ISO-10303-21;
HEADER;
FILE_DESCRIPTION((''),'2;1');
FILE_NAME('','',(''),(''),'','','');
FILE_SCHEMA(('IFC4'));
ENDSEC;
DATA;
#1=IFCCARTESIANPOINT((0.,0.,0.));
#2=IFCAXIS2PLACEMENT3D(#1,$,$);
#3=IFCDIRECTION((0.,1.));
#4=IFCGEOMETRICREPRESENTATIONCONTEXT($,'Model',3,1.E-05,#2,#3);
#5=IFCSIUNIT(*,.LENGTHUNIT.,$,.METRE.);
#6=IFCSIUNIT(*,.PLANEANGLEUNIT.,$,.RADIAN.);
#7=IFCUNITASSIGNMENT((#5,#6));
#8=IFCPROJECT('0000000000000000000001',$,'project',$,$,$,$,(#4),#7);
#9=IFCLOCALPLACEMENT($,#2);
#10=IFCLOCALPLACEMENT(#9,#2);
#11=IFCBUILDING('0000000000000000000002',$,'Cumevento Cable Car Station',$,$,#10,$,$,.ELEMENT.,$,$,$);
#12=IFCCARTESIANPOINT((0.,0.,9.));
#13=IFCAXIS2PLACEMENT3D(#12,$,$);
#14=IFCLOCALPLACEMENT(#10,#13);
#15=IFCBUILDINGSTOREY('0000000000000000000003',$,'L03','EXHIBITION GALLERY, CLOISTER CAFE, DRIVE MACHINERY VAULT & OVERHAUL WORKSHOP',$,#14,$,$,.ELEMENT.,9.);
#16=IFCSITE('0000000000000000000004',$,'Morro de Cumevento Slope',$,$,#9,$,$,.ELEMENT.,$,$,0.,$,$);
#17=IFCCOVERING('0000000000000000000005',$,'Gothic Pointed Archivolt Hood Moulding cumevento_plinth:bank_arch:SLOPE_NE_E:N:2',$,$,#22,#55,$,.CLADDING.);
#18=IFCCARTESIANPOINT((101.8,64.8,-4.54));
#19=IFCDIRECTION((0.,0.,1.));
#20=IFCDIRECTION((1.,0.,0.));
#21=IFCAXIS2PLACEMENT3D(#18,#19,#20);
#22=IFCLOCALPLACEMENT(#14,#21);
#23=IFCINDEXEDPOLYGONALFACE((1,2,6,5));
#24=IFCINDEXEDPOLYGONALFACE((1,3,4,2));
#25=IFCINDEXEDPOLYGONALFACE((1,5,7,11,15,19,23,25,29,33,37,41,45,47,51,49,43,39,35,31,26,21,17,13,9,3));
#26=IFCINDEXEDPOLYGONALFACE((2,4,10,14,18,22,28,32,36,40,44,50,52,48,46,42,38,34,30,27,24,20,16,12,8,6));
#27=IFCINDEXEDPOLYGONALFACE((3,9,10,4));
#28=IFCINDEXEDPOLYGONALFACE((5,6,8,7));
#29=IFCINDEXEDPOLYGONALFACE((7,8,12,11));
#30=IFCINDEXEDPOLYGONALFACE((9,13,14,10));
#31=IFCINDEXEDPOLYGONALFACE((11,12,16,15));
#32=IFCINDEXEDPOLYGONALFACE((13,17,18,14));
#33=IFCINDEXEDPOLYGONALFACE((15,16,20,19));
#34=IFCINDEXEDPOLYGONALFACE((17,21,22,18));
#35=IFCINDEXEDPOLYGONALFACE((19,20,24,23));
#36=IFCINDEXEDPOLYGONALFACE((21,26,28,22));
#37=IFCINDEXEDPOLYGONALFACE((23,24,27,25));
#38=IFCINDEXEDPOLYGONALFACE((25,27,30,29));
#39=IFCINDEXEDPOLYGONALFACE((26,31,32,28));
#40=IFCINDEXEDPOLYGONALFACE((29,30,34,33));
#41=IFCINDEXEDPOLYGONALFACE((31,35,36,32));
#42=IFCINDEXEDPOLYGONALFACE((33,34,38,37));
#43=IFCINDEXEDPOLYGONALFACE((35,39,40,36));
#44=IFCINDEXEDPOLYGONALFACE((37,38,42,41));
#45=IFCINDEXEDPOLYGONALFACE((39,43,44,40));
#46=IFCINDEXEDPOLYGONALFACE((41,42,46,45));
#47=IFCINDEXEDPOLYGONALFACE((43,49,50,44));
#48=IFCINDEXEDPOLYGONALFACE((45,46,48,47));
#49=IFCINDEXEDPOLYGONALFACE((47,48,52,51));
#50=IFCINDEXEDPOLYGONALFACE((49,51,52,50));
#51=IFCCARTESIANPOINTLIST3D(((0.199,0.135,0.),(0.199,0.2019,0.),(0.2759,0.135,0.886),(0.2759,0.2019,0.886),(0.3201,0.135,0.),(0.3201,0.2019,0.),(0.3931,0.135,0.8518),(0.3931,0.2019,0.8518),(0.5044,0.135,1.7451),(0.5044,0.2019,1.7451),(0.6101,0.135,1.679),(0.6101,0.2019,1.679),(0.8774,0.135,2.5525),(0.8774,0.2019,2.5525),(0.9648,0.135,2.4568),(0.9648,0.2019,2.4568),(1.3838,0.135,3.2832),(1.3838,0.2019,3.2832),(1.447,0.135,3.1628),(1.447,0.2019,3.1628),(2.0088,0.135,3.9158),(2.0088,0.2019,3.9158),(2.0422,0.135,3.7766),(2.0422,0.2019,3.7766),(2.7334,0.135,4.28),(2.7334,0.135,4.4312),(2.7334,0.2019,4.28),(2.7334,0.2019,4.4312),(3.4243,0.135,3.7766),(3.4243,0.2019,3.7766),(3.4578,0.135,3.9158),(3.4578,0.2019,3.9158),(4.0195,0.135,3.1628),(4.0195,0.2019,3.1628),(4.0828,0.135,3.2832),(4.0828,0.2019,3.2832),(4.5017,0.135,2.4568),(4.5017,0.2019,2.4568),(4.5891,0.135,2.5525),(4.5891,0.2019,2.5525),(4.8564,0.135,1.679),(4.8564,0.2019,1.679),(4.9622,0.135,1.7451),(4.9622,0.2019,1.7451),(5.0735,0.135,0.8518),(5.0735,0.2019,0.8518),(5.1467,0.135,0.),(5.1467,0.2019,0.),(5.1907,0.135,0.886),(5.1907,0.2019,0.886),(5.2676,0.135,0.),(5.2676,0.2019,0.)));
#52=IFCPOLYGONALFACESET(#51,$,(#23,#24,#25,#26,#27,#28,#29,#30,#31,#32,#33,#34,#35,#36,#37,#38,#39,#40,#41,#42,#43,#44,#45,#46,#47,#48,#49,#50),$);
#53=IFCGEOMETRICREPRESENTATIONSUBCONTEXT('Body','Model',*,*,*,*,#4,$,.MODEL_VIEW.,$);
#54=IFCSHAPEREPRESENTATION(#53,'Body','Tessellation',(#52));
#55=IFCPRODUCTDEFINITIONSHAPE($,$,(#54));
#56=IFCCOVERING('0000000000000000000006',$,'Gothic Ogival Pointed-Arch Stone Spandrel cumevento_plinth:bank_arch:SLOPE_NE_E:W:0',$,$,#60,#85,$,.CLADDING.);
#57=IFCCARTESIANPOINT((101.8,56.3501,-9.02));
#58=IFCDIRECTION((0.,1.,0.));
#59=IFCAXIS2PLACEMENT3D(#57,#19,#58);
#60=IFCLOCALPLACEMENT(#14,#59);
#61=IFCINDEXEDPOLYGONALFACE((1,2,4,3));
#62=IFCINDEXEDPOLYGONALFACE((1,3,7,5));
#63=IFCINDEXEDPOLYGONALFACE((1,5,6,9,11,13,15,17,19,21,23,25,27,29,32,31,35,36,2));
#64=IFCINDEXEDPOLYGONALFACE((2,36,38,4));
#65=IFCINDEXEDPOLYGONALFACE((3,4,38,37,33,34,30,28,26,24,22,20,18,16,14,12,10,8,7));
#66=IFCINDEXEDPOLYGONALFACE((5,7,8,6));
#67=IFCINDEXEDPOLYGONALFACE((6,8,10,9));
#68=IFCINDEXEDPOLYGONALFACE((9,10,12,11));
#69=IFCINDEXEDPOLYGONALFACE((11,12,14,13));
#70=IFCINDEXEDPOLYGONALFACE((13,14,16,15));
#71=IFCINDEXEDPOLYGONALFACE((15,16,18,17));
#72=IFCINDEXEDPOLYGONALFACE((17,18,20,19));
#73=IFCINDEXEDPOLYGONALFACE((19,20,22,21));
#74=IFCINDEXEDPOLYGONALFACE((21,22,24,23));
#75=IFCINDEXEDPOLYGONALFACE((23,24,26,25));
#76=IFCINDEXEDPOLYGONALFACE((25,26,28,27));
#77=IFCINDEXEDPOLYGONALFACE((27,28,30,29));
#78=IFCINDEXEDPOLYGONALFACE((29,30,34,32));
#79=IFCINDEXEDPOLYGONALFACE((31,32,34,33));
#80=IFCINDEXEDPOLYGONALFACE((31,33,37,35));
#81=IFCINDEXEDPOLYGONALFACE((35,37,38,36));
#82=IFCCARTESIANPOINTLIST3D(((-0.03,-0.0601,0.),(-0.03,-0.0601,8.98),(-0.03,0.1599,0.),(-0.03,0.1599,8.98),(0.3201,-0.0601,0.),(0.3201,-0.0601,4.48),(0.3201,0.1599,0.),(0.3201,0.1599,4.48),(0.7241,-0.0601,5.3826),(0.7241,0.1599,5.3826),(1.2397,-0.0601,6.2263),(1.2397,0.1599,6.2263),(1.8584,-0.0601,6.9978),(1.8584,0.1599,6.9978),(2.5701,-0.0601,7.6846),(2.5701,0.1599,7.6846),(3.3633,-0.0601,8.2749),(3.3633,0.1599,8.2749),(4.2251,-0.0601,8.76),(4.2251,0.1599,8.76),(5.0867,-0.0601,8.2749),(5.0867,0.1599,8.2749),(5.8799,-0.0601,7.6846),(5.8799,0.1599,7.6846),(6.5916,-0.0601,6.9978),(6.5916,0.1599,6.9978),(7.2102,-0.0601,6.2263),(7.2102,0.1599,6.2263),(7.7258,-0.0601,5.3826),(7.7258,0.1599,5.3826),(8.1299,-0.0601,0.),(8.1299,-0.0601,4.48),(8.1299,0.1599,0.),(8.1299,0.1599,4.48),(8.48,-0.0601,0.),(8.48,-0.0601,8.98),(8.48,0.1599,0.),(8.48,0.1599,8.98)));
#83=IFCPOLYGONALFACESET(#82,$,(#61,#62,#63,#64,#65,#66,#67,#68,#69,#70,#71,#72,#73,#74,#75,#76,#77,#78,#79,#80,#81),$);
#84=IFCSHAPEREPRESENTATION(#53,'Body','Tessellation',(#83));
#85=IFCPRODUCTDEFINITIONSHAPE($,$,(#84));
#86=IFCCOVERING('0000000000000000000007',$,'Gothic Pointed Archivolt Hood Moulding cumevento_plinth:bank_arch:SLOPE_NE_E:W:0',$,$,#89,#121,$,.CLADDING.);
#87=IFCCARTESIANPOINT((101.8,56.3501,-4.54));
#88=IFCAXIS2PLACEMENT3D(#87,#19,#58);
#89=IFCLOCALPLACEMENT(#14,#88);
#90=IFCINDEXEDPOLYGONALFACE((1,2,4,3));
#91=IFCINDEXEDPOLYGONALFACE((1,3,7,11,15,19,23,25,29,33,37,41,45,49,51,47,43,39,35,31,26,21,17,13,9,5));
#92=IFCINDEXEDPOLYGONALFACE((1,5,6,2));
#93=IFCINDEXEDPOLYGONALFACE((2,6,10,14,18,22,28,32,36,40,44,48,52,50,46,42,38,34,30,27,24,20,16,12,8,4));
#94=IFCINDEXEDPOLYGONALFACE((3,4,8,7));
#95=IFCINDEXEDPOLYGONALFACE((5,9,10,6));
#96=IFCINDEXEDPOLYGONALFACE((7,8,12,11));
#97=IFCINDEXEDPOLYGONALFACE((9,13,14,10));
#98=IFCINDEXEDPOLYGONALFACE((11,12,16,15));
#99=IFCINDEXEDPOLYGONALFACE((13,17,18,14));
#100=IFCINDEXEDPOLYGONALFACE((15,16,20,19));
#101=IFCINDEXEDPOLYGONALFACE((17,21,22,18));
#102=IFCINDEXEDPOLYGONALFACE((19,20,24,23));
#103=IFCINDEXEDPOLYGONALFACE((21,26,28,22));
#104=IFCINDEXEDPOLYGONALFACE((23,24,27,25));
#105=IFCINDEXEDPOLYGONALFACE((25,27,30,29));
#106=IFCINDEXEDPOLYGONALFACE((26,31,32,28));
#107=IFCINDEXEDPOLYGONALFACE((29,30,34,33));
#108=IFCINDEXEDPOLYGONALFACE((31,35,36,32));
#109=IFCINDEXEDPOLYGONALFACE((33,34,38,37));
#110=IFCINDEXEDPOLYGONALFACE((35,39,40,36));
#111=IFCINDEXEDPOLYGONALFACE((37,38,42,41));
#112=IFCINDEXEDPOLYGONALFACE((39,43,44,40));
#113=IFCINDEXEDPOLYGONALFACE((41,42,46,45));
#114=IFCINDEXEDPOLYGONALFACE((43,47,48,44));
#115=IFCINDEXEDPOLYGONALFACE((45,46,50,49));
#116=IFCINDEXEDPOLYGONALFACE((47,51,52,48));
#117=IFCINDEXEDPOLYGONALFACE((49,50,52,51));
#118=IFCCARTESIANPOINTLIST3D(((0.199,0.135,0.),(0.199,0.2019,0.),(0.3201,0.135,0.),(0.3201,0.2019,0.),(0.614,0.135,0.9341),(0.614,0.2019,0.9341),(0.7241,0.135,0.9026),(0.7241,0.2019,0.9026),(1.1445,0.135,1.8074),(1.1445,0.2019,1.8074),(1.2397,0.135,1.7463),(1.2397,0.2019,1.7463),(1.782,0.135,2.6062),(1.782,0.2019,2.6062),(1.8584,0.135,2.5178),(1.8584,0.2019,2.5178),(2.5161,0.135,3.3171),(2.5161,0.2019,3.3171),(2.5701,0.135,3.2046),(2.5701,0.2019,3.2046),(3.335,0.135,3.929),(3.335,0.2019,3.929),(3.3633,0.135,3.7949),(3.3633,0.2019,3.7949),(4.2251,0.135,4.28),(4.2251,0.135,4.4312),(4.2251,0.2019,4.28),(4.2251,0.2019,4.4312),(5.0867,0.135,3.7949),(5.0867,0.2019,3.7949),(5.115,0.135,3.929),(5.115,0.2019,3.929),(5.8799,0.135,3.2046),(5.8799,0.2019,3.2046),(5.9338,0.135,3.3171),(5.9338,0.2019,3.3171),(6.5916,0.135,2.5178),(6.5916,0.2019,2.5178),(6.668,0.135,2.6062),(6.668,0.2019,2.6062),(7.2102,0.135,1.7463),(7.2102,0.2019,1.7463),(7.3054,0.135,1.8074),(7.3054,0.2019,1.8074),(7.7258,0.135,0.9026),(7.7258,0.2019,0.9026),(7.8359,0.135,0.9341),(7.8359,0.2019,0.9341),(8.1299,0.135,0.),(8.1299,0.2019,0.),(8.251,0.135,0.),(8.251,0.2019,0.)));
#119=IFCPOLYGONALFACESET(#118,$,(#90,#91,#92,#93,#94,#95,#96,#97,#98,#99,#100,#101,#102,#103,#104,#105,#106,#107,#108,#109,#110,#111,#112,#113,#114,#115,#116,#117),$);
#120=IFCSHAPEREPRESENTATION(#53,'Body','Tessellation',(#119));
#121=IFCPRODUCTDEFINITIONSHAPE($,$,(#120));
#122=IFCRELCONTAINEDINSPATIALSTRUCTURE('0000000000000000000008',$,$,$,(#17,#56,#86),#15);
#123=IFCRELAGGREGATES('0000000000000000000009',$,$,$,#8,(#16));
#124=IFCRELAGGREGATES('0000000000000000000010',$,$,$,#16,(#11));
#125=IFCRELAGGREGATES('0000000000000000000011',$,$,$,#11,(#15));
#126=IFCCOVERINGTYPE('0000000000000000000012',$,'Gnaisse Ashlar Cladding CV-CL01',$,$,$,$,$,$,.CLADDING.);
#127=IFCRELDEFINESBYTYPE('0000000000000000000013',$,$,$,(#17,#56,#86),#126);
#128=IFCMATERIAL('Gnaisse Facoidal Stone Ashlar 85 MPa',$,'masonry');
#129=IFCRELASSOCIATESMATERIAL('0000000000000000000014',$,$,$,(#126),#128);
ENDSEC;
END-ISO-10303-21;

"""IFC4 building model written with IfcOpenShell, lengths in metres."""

from ifc_helpers import new_model, si_unit, direction, frame, origin, place, context, subcontext, project, spatial, polyline, outline, extrude, material, type_object, element, save


model = new_model("IFC4")

# Units and contexts
model_context = context("Model", 3, precision=1e-05, world=origin(), true_north=direction((0.0, 1.0)))
body_context = subcontext(model_context, "Body", "Model", "MODEL_VIEW")
ifc_project = project(units=[si_unit("LENGTHUNIT", "METRE"), si_unit("PLANEANGLEUNIT", "RADIAN")], contexts=[model_context])

# Site, building, storey
site_placement = place(None, origin())
site = spatial("IfcSite", under=ifc_project, at=site_placement, Name="Morro de Cumevento Slope", CompositionType="ELEMENT", RefElevation=0.0)
building_placement = place(site_placement, origin())
building = spatial("IfcBuilding", under=site, at=building_placement, Name="Cumevento Cable Car Station", CompositionType="ELEMENT")
storey_placement = place(building_placement, frame((0.0, 0.0, 9.0)))
storey = spatial("IfcBuildingStorey", under=building, at=storey_placement, Name="L03", Description="EXHIBITION GALLERY, CLOISTER CAFE, DRIVE MACHINERY VAULT & OVERHAUL WORKSHOP", CompositionType="ELEMENT", Elevation=9.0)

# Coverings
ifc_material_1 = material(Name="Gnaisse Facoidal Stone Ashlar 85 MPa", Category="masonry")
covering_type = type_object("IfcCoveringType", Name="Gnaisse Ashlar Cladding CV-CL01", PredefinedType="CLADDING", material=ifc_material_1)
covering_1_placement = place(storey_placement, frame((101.8, 64.8, -4.54), z_axis=(0.0, 0.0, 1.0), x_axis=(1.0, 0.0, 0.0)))
element("IfcCovering", 1, at=covering_1_placement, inside=storey, type_object=covering_type, Name="Gothic Pointed Archivolt Hood Moulding cumevento_plinth:bank_arch:SLOPE_NE_E:N:2", PredefinedType="CLADDING", context=body_context, shape_type="SweptSolid", body=[
    extrude(outline(polyline([(0.3201, 0.0), (0.3931, 0.8518), (0.6101, 1.679), (0.9648, 2.4568), (1.447, 3.1628), (2.0422, 3.7766), (2.7334, 4.28), (3.4243, 3.7766), (4.0195, 3.1628), (4.5017, 2.4568), (4.8564, 1.679), (5.0735, 0.8518), (5.1467, 0.0), (5.2676, 0.0), (5.1907, 0.886), (4.9622, 1.7451), (4.5891, 2.5525), (4.0828, 3.2832), (3.4578, 3.9158), (2.7334, 4.4312), (2.0088, 3.9158), (1.3838, 3.2832), (0.8774, 2.5525), (0.5044, 1.7451), (0.2759, 0.886), (0.199, 0.0), (0.3201, 0.0)])), frame((0.0, 0.2019, 0.0), z_axis=(0.0, -1.0, 0.0), x_axis=(1.0, 0.0, 0.0)), (0.0, 0.0, 1.0), 0.0669),
])
covering_2_placement = place(storey_placement, frame((101.8, 56.3501, -9.02), z_axis=(0.0, 0.0, 1.0), x_axis=(0.0, 1.0, 0.0)))
element("IfcCovering", 2, at=covering_2_placement, inside=storey, type_object=covering_type, Name="Gothic Ogival Pointed-Arch Stone Spandrel cumevento_plinth:bank_arch:SLOPE_NE_E:W:0", PredefinedType="CLADDING", context=body_context, shape_type="SweptSolid", body=[
    extrude(outline(polyline([(-0.03, 0.0), (-0.03, 8.98), (8.48, 8.98), (8.48, 0.0), (8.1299, 0.0), (8.1299, 4.48), (7.7258, 5.3826), (7.2102, 6.2263), (6.5916, 6.9978), (5.8799, 7.6846), (5.0867, 8.2749), (4.2251, 8.76), (3.3633, 8.2749), (2.5701, 7.6846), (1.8584, 6.9978), (1.2397, 6.2263), (0.7241, 5.3826), (0.3201, 4.48), (0.3201, 0.0), (-0.03, 0.0)])), frame((0.0, 0.1599, 0.0), z_axis=(0.0, -1.0, 0.0), x_axis=(1.0, 0.0, 0.0)), (0.0, 0.0, 1.0), 0.22),
])
covering_3_placement = place(storey_placement, frame((101.8, 56.3501, -4.54), z_axis=(0.0, 0.0, 1.0), x_axis=(0.0, 1.0, 0.0)))
element("IfcCovering", 3, at=covering_3_placement, inside=storey, type_object=covering_type, Name="Gothic Pointed Archivolt Hood Moulding cumevento_plinth:bank_arch:SLOPE_NE_E:W:0", PredefinedType="CLADDING", context=body_context, shape_type="SweptSolid", body=[
    extrude(outline(polyline([(0.3201, 0.0), (0.7241, 0.9026), (1.2397, 1.7463), (1.8584, 2.5178), (2.5701, 3.2046), (3.3633, 3.7949), (4.2251, 4.28), (5.0867, 3.7949), (5.8799, 3.2046), (6.5916, 2.5178), (7.2102, 1.7463), (7.7258, 0.9026), (8.1299, 0.0), (8.251, 0.0), (7.8359, 0.9341), (7.3054, 1.8074), (6.668, 2.6062), (5.9338, 3.3171), (5.115, 3.929), (4.2251, 4.4312), (3.335, 3.929), (2.5161, 3.3171), (1.782, 2.6062), (1.1445, 1.8074), (0.614, 0.9341), (0.199, 0.0), (0.3201, 0.0)])), frame((0.0, 0.2019, 0.0), z_axis=(0.0, -1.0, 0.0), x_axis=(1.0, 0.0, 0.0)), (0.0, 0.0, 1.0), 0.0669),
])

save(model, "model.ifc")
